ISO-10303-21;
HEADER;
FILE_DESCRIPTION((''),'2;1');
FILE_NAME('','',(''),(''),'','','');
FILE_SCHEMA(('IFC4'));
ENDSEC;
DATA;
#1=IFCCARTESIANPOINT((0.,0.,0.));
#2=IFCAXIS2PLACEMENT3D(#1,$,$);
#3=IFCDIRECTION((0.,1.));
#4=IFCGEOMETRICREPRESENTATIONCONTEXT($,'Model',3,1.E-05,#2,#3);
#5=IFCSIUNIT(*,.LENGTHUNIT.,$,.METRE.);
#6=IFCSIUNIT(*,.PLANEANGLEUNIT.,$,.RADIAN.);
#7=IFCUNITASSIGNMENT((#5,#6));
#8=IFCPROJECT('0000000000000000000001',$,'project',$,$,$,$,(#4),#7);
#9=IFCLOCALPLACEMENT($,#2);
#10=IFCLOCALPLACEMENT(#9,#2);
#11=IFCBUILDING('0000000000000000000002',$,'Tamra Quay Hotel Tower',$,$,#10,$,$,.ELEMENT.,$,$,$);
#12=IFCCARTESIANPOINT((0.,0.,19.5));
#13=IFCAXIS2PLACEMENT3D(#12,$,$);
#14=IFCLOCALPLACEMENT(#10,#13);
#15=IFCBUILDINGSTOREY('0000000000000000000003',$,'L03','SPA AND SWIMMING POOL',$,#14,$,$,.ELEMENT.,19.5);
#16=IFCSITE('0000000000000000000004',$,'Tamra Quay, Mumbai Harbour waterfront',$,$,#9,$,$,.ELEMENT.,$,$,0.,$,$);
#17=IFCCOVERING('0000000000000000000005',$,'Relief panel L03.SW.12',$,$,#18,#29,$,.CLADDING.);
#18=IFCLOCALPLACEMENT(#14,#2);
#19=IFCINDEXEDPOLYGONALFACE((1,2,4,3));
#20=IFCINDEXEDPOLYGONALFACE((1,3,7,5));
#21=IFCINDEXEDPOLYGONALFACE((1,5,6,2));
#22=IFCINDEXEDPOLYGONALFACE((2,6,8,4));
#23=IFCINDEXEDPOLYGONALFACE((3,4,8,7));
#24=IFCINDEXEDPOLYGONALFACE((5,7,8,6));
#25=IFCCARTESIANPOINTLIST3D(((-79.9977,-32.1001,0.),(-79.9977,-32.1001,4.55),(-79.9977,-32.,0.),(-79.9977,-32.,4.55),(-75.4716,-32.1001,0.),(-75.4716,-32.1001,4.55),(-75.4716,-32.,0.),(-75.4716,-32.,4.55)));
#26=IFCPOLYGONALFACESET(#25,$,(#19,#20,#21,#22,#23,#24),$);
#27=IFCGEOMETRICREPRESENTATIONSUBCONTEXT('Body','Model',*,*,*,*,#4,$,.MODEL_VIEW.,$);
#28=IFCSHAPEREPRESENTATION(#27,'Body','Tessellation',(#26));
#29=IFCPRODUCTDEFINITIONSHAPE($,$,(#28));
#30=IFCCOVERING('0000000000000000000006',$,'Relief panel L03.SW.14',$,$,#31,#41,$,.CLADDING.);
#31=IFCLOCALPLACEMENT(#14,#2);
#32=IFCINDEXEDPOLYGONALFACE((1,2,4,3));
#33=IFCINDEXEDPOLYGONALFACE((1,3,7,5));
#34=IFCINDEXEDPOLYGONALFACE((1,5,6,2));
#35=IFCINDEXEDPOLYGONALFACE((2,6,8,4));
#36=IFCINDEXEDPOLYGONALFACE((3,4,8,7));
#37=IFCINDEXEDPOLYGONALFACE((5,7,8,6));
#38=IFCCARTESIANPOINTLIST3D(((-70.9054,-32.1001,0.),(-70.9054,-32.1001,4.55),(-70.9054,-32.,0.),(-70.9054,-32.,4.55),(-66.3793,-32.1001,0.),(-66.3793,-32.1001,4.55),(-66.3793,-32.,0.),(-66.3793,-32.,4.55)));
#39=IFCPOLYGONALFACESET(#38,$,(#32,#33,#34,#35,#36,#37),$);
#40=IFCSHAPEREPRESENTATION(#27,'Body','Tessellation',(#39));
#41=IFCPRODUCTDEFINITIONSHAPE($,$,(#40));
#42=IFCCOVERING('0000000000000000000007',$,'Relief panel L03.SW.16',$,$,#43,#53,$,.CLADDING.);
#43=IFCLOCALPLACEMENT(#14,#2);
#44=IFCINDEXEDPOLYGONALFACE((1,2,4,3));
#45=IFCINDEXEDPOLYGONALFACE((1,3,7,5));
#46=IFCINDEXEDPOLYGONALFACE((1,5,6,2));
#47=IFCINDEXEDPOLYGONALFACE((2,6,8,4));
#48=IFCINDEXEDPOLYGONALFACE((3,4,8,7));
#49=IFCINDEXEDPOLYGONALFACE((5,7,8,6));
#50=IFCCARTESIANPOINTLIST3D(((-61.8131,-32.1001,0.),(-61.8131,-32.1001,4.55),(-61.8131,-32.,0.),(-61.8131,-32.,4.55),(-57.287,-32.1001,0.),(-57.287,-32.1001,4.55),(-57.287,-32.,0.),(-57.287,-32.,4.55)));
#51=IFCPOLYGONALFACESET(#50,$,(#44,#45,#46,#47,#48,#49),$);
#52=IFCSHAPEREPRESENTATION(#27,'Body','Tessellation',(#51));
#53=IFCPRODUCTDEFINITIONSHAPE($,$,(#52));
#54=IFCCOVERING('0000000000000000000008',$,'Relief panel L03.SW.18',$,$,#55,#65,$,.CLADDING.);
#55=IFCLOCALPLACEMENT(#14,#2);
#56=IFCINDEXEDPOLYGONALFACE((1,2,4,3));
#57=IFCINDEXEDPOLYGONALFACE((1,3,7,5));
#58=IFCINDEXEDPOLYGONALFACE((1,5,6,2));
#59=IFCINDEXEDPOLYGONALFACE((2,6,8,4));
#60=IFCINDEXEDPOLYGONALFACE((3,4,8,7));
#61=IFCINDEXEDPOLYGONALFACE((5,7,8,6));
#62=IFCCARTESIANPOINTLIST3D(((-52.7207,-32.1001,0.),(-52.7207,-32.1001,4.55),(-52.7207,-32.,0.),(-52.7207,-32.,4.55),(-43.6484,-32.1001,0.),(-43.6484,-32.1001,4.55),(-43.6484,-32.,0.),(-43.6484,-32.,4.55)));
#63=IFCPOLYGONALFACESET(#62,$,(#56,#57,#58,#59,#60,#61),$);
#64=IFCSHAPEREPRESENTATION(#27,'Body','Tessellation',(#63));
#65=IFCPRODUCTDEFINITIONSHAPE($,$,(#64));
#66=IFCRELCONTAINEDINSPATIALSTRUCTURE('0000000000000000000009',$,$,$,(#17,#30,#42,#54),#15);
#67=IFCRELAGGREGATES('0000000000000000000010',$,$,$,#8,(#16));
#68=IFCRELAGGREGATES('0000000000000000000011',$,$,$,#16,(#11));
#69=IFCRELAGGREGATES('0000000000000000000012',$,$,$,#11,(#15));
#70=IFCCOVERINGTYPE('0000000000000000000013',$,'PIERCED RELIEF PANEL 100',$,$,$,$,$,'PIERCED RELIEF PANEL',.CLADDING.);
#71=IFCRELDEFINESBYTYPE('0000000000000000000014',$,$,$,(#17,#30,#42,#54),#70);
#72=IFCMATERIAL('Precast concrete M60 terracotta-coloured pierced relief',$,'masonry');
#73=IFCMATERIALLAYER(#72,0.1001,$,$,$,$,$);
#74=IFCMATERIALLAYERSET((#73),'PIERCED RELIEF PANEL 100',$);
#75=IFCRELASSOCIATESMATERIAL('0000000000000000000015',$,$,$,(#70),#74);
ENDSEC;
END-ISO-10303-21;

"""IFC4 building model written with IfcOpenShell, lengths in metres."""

from ifc_helpers import new_model, si_unit, direction, frame, origin, origin_2d, place, context, subcontext, project, spatial, rectangle, extrude, material, layer, layer_set, type_object, element, save


model = new_model("IFC4")

# Units and contexts
model_context = context("Model", 3, precision=1e-05, world=origin(), true_north=direction((0.0, 1.0)))
body_context = subcontext(model_context, "Body", "Model", "MODEL_VIEW")
ifc_project = project(units=[si_unit("LENGTHUNIT", "METRE"), si_unit("PLANEANGLEUNIT", "RADIAN")], contexts=[model_context])

# Site, building, storey
site_placement = place(None, origin())
site = spatial("IfcSite", under=ifc_project, at=site_placement, Name="Tamra Quay, Mumbai Harbour waterfront", CompositionType="ELEMENT", RefElevation=0.0)
building_placement = place(site_placement, origin())
building = spatial("IfcBuilding", under=site, at=building_placement, Name="Tamra Quay Hotel Tower", CompositionType="ELEMENT")
storey_placement = place(building_placement, frame((0.0, 0.0, 19.5)))
storey = spatial("IfcBuildingStorey", under=building, at=storey_placement, Name="L03", Description="SPA AND SWIMMING POOL", CompositionType="ELEMENT", Elevation=19.5)

# Coverings
ifc_material_1 = material(Name="Precast concrete M60 terracotta-coloured pierced relief", Category="masonry")
ifc_layer_1 = layer(ifc_material_1, 0.1001)
ifc_layer_set_1 = layer_set([ifc_layer_1], Name="PIERCED RELIEF PANEL 100")
covering_type_1 = type_object("IfcCoveringType", Name="PIERCED RELIEF PANEL 100", ElementType="PIERCED RELIEF PANEL", PredefinedType="CLADDING", material=ifc_layer_set_1)
for number, where, z_axis, x_axis, name in (
    (1, (-77.7346, -32.05, 0.0), (0.0, 0.0, 1.0), (1.0, 0.0, 0.0), "Relief panel L03.SW.12"),
    (2, (-68.6423, -32.05, 0.0), (0.0, 0.0, 1.0), (1.0, 0.0, 0.0), "Relief panel L03.SW.14"),
    (3, (-59.55, -32.05, 0.0), (0.0, 0.0, 1.0), (1.0, 0.0, 0.0), "Relief panel L03.SW.16"),
):
    element("IfcCovering", number, at=place(storey_placement, frame(where, z_axis=z_axis, x_axis=x_axis)), inside=storey, type_object=covering_type_1, Name=name, PredefinedType="CLADDING", context=body_context, shape_type="SweptSolid", body=[
        extrude(rectangle(XDim=4.5261, YDim=0.1001, at=origin_2d()), origin(), (0.0, 0.0, 1.0), 4.55),
    ])
covering_1_placement = place(storey_placement, frame((-48.1846, -32.05, 0.0), z_axis=(0.0, 0.0, 1.0), x_axis=(1.0, 0.0, 0.0)))
element("IfcCovering", 4, at=covering_1_placement, inside=storey, type_object=covering_type_1, Name="Relief panel L03.SW.18", PredefinedType="CLADDING", context=body_context, shape_type="SweptSolid", body=[
    extrude(rectangle(XDim=9.0723, YDim=0.1001, at=origin_2d()), origin(), (0.0, 0.0, 1.0), 4.55),
])

save(model, "model.ifc")
